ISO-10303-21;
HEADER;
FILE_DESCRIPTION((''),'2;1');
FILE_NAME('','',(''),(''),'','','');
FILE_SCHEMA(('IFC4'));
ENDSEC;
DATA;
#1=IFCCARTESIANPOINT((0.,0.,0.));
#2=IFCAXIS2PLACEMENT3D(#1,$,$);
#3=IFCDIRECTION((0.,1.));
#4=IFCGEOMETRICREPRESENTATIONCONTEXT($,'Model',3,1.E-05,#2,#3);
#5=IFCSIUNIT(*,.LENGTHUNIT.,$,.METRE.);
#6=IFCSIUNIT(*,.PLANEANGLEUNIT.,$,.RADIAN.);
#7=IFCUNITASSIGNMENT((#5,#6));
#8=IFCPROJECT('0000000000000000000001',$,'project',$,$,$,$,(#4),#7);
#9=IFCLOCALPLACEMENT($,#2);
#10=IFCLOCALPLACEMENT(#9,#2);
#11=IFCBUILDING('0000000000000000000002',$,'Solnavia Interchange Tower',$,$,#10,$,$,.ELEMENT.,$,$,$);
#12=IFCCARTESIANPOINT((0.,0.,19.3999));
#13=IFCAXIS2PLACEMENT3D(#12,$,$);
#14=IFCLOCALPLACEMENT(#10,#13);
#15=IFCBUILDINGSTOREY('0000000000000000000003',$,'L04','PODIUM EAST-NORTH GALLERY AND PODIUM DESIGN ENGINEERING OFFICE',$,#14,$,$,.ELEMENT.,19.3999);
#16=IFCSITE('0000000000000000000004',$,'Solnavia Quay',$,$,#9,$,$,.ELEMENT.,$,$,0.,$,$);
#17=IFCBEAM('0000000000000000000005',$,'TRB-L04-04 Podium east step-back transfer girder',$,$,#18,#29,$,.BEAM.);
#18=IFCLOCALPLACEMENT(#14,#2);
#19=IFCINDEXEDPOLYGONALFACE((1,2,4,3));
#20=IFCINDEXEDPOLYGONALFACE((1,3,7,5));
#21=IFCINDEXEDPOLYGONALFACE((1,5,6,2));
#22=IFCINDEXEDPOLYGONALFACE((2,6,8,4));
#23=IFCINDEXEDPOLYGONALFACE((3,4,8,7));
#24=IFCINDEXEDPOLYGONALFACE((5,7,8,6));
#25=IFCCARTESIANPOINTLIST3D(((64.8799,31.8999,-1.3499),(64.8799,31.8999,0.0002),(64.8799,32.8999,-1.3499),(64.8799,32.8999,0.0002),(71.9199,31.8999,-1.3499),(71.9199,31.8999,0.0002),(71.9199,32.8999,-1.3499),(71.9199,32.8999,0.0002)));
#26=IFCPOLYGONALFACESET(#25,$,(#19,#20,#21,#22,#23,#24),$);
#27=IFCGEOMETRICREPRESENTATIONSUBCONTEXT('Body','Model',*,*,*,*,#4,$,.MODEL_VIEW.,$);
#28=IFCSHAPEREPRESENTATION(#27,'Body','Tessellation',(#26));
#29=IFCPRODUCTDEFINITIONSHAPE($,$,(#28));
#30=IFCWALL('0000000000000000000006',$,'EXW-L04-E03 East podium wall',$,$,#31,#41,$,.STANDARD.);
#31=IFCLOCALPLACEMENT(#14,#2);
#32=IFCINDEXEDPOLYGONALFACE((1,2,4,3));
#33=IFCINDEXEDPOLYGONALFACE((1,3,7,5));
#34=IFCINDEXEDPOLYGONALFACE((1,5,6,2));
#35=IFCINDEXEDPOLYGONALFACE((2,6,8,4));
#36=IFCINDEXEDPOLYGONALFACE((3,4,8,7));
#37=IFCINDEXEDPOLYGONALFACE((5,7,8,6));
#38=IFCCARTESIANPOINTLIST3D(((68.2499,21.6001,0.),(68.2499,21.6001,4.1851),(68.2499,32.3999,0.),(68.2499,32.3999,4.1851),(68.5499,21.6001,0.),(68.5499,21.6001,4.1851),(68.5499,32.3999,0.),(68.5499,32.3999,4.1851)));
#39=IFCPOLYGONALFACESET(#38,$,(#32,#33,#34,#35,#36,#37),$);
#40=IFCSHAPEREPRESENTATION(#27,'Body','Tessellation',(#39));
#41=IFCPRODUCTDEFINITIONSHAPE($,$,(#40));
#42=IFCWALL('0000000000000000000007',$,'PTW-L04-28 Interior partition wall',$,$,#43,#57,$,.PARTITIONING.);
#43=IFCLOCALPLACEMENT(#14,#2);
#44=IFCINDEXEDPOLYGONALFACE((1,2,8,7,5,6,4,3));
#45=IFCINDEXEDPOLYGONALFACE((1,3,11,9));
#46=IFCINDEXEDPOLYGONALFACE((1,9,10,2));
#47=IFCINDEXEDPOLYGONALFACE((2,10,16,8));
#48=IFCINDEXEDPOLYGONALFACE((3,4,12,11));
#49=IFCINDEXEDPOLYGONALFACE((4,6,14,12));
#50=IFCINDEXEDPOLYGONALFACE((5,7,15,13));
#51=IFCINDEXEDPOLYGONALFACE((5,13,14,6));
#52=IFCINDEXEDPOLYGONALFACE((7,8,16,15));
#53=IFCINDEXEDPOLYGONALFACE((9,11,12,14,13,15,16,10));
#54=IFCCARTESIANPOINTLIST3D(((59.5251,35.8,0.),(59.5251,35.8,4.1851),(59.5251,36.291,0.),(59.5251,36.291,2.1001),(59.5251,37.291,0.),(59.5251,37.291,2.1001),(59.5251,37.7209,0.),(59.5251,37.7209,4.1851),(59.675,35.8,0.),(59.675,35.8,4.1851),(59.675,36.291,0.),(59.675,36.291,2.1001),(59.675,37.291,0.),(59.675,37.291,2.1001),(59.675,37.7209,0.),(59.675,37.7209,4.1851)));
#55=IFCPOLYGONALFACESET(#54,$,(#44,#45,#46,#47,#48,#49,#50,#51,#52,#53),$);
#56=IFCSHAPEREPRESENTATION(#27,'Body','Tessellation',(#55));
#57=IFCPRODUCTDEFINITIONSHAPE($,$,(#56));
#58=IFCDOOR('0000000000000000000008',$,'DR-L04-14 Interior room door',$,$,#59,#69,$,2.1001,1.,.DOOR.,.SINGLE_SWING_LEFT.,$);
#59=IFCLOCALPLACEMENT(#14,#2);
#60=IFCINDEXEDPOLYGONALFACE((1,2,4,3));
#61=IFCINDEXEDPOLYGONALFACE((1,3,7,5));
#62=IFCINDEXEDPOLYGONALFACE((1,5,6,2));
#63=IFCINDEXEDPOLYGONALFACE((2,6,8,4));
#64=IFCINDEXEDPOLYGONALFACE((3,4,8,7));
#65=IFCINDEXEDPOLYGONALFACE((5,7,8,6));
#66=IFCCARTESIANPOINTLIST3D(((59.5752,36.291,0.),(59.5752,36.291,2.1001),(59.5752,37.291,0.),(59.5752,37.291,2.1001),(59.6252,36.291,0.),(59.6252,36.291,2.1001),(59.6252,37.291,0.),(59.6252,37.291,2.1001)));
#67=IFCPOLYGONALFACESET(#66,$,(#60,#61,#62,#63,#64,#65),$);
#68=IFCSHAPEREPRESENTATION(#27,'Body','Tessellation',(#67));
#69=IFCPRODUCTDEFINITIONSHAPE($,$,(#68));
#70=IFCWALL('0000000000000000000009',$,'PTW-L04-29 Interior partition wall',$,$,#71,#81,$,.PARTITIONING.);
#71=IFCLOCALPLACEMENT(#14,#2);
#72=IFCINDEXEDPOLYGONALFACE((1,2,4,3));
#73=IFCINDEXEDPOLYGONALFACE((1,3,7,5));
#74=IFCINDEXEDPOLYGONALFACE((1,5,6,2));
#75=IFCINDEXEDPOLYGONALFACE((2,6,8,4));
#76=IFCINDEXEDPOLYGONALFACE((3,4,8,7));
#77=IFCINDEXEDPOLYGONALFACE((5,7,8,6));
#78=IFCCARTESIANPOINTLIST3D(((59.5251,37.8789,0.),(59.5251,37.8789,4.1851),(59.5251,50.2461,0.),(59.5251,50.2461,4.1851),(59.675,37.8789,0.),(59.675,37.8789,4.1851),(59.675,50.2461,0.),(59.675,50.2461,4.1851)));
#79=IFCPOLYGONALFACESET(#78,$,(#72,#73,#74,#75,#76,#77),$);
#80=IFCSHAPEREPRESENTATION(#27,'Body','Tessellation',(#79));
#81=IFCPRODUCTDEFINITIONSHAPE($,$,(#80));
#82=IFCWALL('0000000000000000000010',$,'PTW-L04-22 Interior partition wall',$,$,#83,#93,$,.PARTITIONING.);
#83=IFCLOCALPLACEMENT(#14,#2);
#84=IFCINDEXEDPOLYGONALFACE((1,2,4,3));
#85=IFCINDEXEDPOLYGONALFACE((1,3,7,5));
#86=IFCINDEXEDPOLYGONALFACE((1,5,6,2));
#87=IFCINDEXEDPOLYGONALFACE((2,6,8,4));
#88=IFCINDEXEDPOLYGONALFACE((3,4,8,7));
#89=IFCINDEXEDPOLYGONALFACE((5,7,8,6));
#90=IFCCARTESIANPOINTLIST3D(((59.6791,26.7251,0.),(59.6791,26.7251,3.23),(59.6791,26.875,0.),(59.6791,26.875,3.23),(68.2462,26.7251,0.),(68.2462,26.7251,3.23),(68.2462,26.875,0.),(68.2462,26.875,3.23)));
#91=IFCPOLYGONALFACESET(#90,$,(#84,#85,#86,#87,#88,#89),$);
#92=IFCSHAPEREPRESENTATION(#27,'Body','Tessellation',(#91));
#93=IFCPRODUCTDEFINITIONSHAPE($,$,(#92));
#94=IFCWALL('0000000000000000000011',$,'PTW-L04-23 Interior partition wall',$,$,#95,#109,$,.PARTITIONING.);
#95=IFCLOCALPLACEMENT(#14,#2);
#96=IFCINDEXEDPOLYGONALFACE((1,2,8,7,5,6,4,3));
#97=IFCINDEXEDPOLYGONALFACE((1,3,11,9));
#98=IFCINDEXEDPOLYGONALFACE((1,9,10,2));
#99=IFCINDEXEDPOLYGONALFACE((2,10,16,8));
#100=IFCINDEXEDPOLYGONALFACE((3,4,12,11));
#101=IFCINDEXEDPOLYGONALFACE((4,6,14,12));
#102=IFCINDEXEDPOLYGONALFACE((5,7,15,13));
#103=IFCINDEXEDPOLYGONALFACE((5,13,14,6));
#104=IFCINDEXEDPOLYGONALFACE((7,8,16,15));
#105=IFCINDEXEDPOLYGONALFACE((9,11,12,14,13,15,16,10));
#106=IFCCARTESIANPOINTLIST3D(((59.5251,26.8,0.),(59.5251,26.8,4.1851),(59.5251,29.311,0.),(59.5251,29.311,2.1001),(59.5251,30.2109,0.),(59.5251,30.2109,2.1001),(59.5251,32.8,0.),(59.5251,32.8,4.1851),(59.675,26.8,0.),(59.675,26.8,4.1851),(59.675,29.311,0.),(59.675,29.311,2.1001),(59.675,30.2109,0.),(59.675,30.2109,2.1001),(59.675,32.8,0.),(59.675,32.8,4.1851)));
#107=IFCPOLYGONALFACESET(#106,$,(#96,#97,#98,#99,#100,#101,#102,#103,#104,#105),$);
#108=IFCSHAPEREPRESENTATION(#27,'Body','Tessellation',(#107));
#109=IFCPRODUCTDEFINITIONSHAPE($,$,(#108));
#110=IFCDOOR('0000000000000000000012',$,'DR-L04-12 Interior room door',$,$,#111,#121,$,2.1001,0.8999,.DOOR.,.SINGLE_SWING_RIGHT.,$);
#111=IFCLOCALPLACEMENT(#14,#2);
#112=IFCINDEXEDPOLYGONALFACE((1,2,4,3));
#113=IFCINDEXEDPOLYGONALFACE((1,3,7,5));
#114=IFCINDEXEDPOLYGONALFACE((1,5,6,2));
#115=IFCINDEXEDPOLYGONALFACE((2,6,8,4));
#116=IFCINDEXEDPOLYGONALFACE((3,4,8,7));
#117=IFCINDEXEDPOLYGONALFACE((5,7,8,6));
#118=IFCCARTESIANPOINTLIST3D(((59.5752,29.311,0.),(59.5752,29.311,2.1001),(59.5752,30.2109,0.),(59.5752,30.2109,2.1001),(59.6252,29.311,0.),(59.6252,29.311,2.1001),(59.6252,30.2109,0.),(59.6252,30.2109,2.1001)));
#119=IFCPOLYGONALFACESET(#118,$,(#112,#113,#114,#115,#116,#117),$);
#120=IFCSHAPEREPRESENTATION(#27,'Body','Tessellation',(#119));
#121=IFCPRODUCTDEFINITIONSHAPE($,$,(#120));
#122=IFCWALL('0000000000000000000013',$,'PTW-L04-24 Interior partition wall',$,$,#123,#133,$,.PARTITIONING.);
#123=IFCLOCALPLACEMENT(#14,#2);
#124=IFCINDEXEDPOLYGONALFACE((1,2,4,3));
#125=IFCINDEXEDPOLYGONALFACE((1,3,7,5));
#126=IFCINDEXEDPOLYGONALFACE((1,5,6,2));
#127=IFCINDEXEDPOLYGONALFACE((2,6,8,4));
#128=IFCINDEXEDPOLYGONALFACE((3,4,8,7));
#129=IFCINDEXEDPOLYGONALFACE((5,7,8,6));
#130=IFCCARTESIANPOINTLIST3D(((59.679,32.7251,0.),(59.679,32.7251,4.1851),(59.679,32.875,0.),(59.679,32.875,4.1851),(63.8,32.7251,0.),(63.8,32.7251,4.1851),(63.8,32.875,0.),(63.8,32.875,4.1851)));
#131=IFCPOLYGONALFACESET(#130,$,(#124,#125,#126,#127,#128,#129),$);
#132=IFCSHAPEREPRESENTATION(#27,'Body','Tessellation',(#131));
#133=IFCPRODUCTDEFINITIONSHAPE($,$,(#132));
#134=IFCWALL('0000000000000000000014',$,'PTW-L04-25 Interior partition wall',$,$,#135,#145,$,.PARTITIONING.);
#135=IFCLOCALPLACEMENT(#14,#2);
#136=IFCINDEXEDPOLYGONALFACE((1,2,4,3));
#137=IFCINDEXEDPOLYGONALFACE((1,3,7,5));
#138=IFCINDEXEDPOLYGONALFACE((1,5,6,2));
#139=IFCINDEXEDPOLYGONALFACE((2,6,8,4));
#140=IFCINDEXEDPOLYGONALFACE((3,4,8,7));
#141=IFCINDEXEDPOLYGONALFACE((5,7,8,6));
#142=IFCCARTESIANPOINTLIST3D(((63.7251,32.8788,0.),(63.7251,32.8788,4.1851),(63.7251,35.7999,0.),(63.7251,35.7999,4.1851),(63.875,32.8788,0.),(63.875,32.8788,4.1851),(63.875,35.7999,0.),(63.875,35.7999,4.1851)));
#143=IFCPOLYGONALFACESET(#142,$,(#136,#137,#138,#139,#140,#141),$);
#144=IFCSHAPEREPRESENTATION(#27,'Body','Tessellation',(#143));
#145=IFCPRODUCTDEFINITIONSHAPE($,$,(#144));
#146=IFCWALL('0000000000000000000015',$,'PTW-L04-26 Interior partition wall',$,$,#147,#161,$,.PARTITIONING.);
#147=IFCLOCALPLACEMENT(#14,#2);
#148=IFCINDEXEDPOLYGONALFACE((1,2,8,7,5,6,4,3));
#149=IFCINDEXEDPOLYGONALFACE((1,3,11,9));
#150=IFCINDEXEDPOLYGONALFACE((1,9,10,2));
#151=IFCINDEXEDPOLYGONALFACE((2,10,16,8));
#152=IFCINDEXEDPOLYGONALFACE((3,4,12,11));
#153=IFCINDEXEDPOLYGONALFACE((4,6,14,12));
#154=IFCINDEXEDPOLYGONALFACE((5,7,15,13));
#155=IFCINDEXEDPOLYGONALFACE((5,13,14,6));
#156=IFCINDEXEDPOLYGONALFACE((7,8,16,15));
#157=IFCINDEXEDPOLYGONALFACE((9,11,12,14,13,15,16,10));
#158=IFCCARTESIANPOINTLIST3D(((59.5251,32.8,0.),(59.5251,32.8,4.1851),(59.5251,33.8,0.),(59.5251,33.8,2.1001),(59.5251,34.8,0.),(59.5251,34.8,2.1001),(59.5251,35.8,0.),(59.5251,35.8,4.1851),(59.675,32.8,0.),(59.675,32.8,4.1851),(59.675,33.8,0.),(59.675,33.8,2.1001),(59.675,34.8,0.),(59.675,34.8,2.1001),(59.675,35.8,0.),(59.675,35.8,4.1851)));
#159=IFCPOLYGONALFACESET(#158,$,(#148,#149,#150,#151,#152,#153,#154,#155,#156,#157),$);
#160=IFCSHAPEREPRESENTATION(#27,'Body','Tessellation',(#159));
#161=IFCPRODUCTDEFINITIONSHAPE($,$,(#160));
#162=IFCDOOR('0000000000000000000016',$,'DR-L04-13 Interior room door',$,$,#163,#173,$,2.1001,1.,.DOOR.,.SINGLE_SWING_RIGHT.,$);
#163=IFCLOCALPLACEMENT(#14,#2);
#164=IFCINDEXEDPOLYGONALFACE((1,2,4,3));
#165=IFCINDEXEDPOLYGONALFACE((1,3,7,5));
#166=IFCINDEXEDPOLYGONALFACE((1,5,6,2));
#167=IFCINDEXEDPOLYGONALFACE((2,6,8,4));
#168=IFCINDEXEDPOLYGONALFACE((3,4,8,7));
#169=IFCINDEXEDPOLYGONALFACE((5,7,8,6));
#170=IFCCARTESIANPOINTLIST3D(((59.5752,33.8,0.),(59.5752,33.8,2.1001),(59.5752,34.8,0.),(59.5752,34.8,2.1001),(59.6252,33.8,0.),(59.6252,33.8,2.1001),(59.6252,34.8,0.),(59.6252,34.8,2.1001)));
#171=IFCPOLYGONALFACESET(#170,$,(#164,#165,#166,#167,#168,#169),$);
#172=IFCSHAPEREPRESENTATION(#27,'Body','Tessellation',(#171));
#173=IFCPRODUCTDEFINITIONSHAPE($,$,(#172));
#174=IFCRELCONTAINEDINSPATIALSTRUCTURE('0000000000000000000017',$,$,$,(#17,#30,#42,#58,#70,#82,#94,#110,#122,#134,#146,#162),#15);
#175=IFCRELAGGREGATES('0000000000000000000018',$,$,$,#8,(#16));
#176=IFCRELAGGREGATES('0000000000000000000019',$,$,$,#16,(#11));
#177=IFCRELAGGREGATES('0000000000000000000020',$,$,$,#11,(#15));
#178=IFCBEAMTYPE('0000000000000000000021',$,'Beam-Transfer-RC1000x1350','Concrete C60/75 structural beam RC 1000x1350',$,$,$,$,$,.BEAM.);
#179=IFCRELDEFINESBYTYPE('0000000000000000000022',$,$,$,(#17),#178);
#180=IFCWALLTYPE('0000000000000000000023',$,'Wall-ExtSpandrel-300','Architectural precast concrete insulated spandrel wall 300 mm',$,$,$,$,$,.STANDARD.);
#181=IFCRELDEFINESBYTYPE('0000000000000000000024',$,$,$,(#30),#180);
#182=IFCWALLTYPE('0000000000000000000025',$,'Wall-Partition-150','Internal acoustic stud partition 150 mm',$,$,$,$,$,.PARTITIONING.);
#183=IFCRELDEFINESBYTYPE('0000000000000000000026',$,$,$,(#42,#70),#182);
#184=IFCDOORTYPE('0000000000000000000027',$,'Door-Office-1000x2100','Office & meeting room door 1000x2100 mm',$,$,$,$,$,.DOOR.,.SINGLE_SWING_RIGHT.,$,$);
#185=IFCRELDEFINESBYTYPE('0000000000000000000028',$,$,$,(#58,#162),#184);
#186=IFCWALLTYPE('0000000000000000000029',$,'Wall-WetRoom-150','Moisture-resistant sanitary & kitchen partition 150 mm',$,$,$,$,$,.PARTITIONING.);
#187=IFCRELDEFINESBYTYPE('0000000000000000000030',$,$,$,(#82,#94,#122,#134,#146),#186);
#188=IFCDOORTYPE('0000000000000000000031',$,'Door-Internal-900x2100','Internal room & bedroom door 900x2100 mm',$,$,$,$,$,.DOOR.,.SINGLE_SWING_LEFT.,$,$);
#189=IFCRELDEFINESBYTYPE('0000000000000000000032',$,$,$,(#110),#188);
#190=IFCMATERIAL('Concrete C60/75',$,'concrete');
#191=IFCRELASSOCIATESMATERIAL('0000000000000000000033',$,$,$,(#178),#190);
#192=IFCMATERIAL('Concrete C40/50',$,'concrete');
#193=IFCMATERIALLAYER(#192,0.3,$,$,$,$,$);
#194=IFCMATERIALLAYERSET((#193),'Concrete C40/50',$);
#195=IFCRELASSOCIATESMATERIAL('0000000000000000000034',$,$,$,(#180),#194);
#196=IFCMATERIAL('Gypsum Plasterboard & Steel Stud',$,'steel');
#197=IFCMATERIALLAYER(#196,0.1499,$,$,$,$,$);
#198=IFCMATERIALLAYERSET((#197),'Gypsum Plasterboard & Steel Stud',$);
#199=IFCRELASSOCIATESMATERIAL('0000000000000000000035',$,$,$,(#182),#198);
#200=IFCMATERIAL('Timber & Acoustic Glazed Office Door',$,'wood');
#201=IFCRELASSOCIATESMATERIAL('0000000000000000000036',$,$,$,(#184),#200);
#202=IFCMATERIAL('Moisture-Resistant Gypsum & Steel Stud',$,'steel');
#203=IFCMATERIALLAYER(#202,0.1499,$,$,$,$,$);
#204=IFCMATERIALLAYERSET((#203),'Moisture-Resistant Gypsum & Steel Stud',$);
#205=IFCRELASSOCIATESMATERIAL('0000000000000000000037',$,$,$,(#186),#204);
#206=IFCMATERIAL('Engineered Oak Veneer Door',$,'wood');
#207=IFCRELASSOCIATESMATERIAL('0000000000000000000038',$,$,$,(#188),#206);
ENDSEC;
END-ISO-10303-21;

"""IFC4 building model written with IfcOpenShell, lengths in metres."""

from ifc_helpers import new_model, si_unit, direction, frame, frame_2d, origin, origin_2d, place, context, subcontext, project, spatial, rectangle, extrude, material, layer, layer_set, material_profile, profile_set, type_object, element, fill, save


model = new_model("IFC4")

# Units and contexts
model_context = context("Model", 3, precision=1e-05, world=origin(), true_north=direction((0.0, 1.0)))
body_context = subcontext(model_context, "Body", "Model", "MODEL_VIEW")
ifc_project = project(units=[si_unit("LENGTHUNIT", "METRE"), si_unit("PLANEANGLEUNIT", "RADIAN")], contexts=[model_context])

# Site, building, storey
site_placement = place(None, origin())
site = spatial("IfcSite", under=ifc_project, at=site_placement, Name="Solnavia Quay", CompositionType="ELEMENT", RefElevation=0.0)
building_placement = place(site_placement, origin())
building = spatial("IfcBuilding", under=site, at=building_placement, Name="Solnavia Interchange Tower", CompositionType="ELEMENT")
storey_placement = place(building_placement, frame((0.0, 0.0, 19.3999)))
storey = spatial("IfcBuildingStorey", under=building, at=storey_placement, Name="L04", Description="PODIUM EAST-NORTH GALLERY AND PODIUM DESIGN ENGINEERING OFFICE", CompositionType="ELEMENT", Elevation=19.3999)

# Shared definitions
ifc_material_1 = material(Name="Concrete C60/75", Category="concrete")

# Beam
ifc_material_profile_1 = material_profile(ifc_material_1, rectangle(XDim=1.0, YDim=1.3501, at=origin_2d()), Name="RC 1000x1350")
ifc_profile_set_1 = profile_set([ifc_material_profile_1], Name="Concrete C60/75")
beam_type_1 = type_object("IfcBeamType", Name="Beam-Transfer-RC1000x1350", Description="Concrete C60/75 structural beam RC 1000x1350", PredefinedType="BEAM", material=ifc_profile_set_1)
beam_1_placement = place(storey_placement, frame((64.8799, 32.3999, -0.6748), z_axis=(1.0, 0.0, 0.0), x_axis=(0.0, 1.0, 0.0)))
element("IfcBeam", 1, at=beam_1_placement, inside=storey, type_object=beam_type_1, Name="TRB-L04-04 Podium east step-back transfer girder", PredefinedType="BEAM", context=body_context, shape_type="SweptSolid", body=[
    extrude(rectangle(XDim=1.0, YDim=1.3501, at=origin_2d()), origin(), (0.0, 0.0, 1.0), 7.04),
])

# Wall
ifc_material_2 = material(Name="Concrete C40/50", Category="concrete")
ifc_layer_1 = layer(ifc_material_2, 0.3)
ifc_layer_set_1 = layer_set([ifc_layer_1], Name="Concrete C40/50")
wall_type_1 = type_object("IfcWallType", Name="Wall-ExtSpandrel-300", Description="Architectural precast concrete insulated spandrel wall 300 mm", PredefinedType="STANDARD", material=ifc_layer_set_1)
wall_1_placement = place(storey_placement, frame((68.3999, 32.3999, 0.0), z_axis=(0.0, 0.0, 1.0), x_axis=(0.0, -1.0, 0.0)))
element("IfcWall", 2, at=wall_1_placement, inside=storey, type_object=wall_type_1, Name="EXW-L04-E03 East podium wall", PredefinedType="STANDARD", context=body_context, shape_type="SweptSolid", body=[
    extrude(rectangle(XDim=10.7998, YDim=0.3, at=frame_2d((5.3999, 0.0))), origin(), (0.0, 0.0, 1.0), 4.1851),
])

# Wall, opening, door
ifc_material_3 = material(Name="Gypsum Plasterboard & Steel Stud", Category="steel")
ifc_layer_2 = layer(ifc_material_3, 0.1499)
ifc_layer_set_2 = layer_set([ifc_layer_2], Name="Gypsum Plasterboard & Steel Stud")
wall_type_2 = type_object("IfcWallType", Name="Wall-Partition-150", Description="Internal acoustic stud partition 150 mm", PredefinedType="PARTITIONING", material=ifc_layer_set_2)
wall_2_placement = place(storey_placement, frame((59.6001, 35.8, 0.0), z_axis=(0.0, 0.0, 1.0), x_axis=(0.0, 1.0, 0.0)))
wall_2 = element("IfcWall", 3, at=wall_2_placement, inside=storey, type_object=wall_type_2, Name="PTW-L04-28 Interior partition wall", PredefinedType="PARTITIONING", context=body_context, shape_type="SweptSolid", body=[
    extrude(rectangle(XDim=1.9209, YDim=0.1499, at=frame_2d((0.9604, 0.0))), origin(), (0.0, 0.0, 1.0), 4.1851),
])
opening_1_placement = place(wall_2_placement, frame((0.491, 0.0, 0.0)))
opening_1 = element("IfcOpeningElement", 4, at=opening_1_placement, cuts=wall_2, PredefinedType="OPENING", context=body_context, shape_type="SweptSolid", body=[
    extrude(rectangle(XDim=1.0, YDim=2.1001, at=frame_2d((0.5, 1.05))), frame((0.0, 0.085, 0.0), z_axis=(0.0, -1.0, 0.0), x_axis=(1.0, 0.0, 0.0)), (0.0, 0.0, 1.0), 0.1699),
])
ifc_material_4 = material(Name="Timber & Acoustic Glazed Office Door", Category="wood")
door_type_1 = type_object("IfcDoorType", Name="Door-Office-1000x2100", Description="Office & meeting room door 1000x2100 mm", OperationType="SINGLE_SWING_RIGHT", PredefinedType="DOOR", material=ifc_material_4)
door_1_placement = place(opening_1_placement, origin())
door_1 = element("IfcDoor", 5, at=door_1_placement, inside=storey, type_object=door_type_1, Name="DR-L04-14 Interior room door", OperationType="SINGLE_SWING_LEFT", OverallHeight=2.1001, OverallWidth=1.0, PredefinedType="DOOR", context=body_context, shape_type="SweptSolid", body=[
    extrude(rectangle(XDim=1.0, YDim=2.1001, at=frame_2d((0.5, 1.05))), frame((0.0, 0.0249, 0.0), z_axis=(0.0, -1.0, 0.0), x_axis=(1.0, 0.0, 0.0)), (0.0, 0.0, 1.0), 0.05),
])
fill(opening_1, door_1)

# Walls
wall_3_placement = place(storey_placement, frame((59.6001, 37.8789, 0.0), z_axis=(0.0, 0.0, 1.0), x_axis=(0.0, 1.0, 0.0)))
element("IfcWall", 6, at=wall_3_placement, inside=storey, type_object=wall_type_2, Name="PTW-L04-29 Interior partition wall", PredefinedType="PARTITIONING", context=body_context, shape_type="SweptSolid", body=[
    extrude(rectangle(XDim=12.3672, YDim=0.1499, at=frame_2d((6.1836, 0.0))), origin(), (0.0, 0.0, 1.0), 4.1851),
])
ifc_material_5 = material(Name="Moisture-Resistant Gypsum & Steel Stud", Category="steel")
ifc_layer_3 = layer(ifc_material_5, 0.1499)
ifc_layer_set_3 = layer_set([ifc_layer_3], Name="Moisture-Resistant Gypsum & Steel Stud")
wall_type_3 = type_object("IfcWallType", Name="Wall-WetRoom-150", Description="Moisture-resistant sanitary & kitchen partition 150 mm", PredefinedType="PARTITIONING", material=ifc_layer_set_3)
wall_4_placement = place(storey_placement, frame((59.679, 26.8, 0.0), z_axis=(0.0, 0.0, 1.0), x_axis=(1.0, 0.0, 0.0)))
element("IfcWall", 7, at=wall_4_placement, inside=storey, type_object=wall_type_3, Name="PTW-L04-22 Interior partition wall", PredefinedType="PARTITIONING", context=body_context, shape_type="SweptSolid", body=[
    extrude(rectangle(XDim=8.5671, YDim=0.1499, at=frame_2d((4.2837, 0.0))), origin(), (0.0, 0.0, 1.0), 3.23),
])

# Wall, opening, door
wall_5_placement = place(storey_placement, frame((59.6001, 26.8, 0.0), z_axis=(0.0, 0.0, 1.0), x_axis=(0.0, 1.0, 0.0)))
wall_5 = element("IfcWall", 8, at=wall_5_placement, inside=storey, type_object=wall_type_3, Name="PTW-L04-23 Interior partition wall", PredefinedType="PARTITIONING", context=body_context, shape_type="SweptSolid", body=[
    extrude(rectangle(XDim=6.0, YDim=0.1499, at=frame_2d((3.0, 0.0))), origin(), (0.0, 0.0, 1.0), 4.1851),
])
opening_2_placement = place(wall_5_placement, frame((2.511, 0.0, 0.0)))
opening_2 = element("IfcOpeningElement", 9, at=opening_2_placement, cuts=wall_5, PredefinedType="OPENING", context=body_context, shape_type="SweptSolid", body=[
    extrude(rectangle(XDim=0.8999, YDim=2.1001, at=frame_2d((0.45, 1.05))), frame((0.0, 0.085, 0.0), z_axis=(0.0, -1.0, 0.0), x_axis=(1.0, 0.0, 0.0)), (0.0, 0.0, 1.0), 0.1699),
])
ifc_material_6 = material(Name="Engineered Oak Veneer Door", Category="wood")
door_type_2 = type_object("IfcDoorType", Name="Door-Internal-900x2100", Description="Internal room & bedroom door 900x2100 mm", OperationType="SINGLE_SWING_LEFT", PredefinedType="DOOR", material=ifc_material_6)
door_2_placement = place(opening_2_placement, origin())
door_2 = element("IfcDoor", 10, at=door_2_placement, inside=storey, type_object=door_type_2, Name="DR-L04-12 Interior room door", OperationType="SINGLE_SWING_RIGHT", OverallHeight=2.1001, OverallWidth=0.8999, PredefinedType="DOOR", context=body_context, shape_type="SweptSolid", body=[
    extrude(rectangle(XDim=0.8999, YDim=2.1001, at=frame_2d((0.45, 1.05))), frame((0.0, 0.0249, 0.0), z_axis=(0.0, -1.0, 0.0), x_axis=(1.0, 0.0, 0.0)), (0.0, 0.0, 1.0), 0.05),
])
fill(opening_2, door_2)

# Walls
wall_6_placement = place(storey_placement, frame((59.679, 32.8, 0.0), z_axis=(0.0, 0.0, 1.0), x_axis=(1.0, 0.0, 0.0)))
element("IfcWall", 11, at=wall_6_placement, inside=storey, type_object=wall_type_3, Name="PTW-L04-24 Interior partition wall", PredefinedType="PARTITIONING", context=body_context, shape_type="SweptSolid", body=[
    extrude(rectangle(XDim=4.1211, YDim=0.1499, at=frame_2d((2.0605, 0.0))), origin(), (0.0, 0.0, 1.0), 4.1851),
])
wall_7_placement = place(storey_placement, frame((63.8, 32.8789, 0.0), z_axis=(0.0, 0.0, 1.0), x_axis=(0.0, 1.0, 0.0)))
element("IfcWall", 12, at=wall_7_placement, inside=storey, type_object=wall_type_3, Name="PTW-L04-25 Interior partition wall", PredefinedType="PARTITIONING", context=body_context, shape_type="SweptSolid", body=[
    extrude(rectangle(XDim=2.9211, YDim=0.1499, at=frame_2d((1.4604, 0.0))), origin(), (0.0, 0.0, 1.0), 4.1851),
])

# Wall, opening, door
wall_8_placement = place(storey_placement, frame((59.6001, 32.8, 0.0), z_axis=(0.0, 0.0, 1.0), x_axis=(0.0, 1.0, 0.0)))
wall_8 = element("IfcWall", 13, at=wall_8_placement, inside=storey, type_object=wall_type_3, Name="PTW-L04-26 Interior partition wall", PredefinedType="PARTITIONING", context=body_context, shape_type="SweptSolid", body=[
    extrude(rectangle(XDim=3.0, YDim=0.1499, at=frame_2d((1.5, 0.0))), origin(), (0.0, 0.0, 1.0), 4.1851),
])
opening_3_placement = place(wall_8_placement, frame((1.0, 0.0, 0.0)))
opening_3 = element("IfcOpeningElement", 14, at=opening_3_placement, cuts=wall_8, PredefinedType="OPENING", context=body_context, shape_type="SweptSolid", body=[
    extrude(rectangle(XDim=1.0, YDim=2.1001, at=frame_2d((0.5, 1.05))), frame((0.0, 0.085, 0.0), z_axis=(0.0, -1.0, 0.0), x_axis=(1.0, 0.0, 0.0)), (0.0, 0.0, 1.0), 0.1699),
])
door_3_placement = place(opening_3_placement, origin())
door_3 = element("IfcDoor", 15, at=door_3_placement, inside=storey, type_object=door_type_1, Name="DR-L04-13 Interior room door", OperationType="SINGLE_SWING_RIGHT", OverallHeight=2.1001, OverallWidth=1.0, PredefinedType="DOOR", context=body_context, shape_type="SweptSolid", body=[
    extrude(rectangle(XDim=1.0, YDim=2.1001, at=frame_2d((0.5, 1.05))), frame((0.0, 0.0249, 0.0), z_axis=(0.0, -1.0, 0.0), x_axis=(1.0, 0.0, 0.0)), (0.0, 0.0, 1.0), 0.05),
])
fill(opening_3, door_3)

save(model, "model.ifc")
